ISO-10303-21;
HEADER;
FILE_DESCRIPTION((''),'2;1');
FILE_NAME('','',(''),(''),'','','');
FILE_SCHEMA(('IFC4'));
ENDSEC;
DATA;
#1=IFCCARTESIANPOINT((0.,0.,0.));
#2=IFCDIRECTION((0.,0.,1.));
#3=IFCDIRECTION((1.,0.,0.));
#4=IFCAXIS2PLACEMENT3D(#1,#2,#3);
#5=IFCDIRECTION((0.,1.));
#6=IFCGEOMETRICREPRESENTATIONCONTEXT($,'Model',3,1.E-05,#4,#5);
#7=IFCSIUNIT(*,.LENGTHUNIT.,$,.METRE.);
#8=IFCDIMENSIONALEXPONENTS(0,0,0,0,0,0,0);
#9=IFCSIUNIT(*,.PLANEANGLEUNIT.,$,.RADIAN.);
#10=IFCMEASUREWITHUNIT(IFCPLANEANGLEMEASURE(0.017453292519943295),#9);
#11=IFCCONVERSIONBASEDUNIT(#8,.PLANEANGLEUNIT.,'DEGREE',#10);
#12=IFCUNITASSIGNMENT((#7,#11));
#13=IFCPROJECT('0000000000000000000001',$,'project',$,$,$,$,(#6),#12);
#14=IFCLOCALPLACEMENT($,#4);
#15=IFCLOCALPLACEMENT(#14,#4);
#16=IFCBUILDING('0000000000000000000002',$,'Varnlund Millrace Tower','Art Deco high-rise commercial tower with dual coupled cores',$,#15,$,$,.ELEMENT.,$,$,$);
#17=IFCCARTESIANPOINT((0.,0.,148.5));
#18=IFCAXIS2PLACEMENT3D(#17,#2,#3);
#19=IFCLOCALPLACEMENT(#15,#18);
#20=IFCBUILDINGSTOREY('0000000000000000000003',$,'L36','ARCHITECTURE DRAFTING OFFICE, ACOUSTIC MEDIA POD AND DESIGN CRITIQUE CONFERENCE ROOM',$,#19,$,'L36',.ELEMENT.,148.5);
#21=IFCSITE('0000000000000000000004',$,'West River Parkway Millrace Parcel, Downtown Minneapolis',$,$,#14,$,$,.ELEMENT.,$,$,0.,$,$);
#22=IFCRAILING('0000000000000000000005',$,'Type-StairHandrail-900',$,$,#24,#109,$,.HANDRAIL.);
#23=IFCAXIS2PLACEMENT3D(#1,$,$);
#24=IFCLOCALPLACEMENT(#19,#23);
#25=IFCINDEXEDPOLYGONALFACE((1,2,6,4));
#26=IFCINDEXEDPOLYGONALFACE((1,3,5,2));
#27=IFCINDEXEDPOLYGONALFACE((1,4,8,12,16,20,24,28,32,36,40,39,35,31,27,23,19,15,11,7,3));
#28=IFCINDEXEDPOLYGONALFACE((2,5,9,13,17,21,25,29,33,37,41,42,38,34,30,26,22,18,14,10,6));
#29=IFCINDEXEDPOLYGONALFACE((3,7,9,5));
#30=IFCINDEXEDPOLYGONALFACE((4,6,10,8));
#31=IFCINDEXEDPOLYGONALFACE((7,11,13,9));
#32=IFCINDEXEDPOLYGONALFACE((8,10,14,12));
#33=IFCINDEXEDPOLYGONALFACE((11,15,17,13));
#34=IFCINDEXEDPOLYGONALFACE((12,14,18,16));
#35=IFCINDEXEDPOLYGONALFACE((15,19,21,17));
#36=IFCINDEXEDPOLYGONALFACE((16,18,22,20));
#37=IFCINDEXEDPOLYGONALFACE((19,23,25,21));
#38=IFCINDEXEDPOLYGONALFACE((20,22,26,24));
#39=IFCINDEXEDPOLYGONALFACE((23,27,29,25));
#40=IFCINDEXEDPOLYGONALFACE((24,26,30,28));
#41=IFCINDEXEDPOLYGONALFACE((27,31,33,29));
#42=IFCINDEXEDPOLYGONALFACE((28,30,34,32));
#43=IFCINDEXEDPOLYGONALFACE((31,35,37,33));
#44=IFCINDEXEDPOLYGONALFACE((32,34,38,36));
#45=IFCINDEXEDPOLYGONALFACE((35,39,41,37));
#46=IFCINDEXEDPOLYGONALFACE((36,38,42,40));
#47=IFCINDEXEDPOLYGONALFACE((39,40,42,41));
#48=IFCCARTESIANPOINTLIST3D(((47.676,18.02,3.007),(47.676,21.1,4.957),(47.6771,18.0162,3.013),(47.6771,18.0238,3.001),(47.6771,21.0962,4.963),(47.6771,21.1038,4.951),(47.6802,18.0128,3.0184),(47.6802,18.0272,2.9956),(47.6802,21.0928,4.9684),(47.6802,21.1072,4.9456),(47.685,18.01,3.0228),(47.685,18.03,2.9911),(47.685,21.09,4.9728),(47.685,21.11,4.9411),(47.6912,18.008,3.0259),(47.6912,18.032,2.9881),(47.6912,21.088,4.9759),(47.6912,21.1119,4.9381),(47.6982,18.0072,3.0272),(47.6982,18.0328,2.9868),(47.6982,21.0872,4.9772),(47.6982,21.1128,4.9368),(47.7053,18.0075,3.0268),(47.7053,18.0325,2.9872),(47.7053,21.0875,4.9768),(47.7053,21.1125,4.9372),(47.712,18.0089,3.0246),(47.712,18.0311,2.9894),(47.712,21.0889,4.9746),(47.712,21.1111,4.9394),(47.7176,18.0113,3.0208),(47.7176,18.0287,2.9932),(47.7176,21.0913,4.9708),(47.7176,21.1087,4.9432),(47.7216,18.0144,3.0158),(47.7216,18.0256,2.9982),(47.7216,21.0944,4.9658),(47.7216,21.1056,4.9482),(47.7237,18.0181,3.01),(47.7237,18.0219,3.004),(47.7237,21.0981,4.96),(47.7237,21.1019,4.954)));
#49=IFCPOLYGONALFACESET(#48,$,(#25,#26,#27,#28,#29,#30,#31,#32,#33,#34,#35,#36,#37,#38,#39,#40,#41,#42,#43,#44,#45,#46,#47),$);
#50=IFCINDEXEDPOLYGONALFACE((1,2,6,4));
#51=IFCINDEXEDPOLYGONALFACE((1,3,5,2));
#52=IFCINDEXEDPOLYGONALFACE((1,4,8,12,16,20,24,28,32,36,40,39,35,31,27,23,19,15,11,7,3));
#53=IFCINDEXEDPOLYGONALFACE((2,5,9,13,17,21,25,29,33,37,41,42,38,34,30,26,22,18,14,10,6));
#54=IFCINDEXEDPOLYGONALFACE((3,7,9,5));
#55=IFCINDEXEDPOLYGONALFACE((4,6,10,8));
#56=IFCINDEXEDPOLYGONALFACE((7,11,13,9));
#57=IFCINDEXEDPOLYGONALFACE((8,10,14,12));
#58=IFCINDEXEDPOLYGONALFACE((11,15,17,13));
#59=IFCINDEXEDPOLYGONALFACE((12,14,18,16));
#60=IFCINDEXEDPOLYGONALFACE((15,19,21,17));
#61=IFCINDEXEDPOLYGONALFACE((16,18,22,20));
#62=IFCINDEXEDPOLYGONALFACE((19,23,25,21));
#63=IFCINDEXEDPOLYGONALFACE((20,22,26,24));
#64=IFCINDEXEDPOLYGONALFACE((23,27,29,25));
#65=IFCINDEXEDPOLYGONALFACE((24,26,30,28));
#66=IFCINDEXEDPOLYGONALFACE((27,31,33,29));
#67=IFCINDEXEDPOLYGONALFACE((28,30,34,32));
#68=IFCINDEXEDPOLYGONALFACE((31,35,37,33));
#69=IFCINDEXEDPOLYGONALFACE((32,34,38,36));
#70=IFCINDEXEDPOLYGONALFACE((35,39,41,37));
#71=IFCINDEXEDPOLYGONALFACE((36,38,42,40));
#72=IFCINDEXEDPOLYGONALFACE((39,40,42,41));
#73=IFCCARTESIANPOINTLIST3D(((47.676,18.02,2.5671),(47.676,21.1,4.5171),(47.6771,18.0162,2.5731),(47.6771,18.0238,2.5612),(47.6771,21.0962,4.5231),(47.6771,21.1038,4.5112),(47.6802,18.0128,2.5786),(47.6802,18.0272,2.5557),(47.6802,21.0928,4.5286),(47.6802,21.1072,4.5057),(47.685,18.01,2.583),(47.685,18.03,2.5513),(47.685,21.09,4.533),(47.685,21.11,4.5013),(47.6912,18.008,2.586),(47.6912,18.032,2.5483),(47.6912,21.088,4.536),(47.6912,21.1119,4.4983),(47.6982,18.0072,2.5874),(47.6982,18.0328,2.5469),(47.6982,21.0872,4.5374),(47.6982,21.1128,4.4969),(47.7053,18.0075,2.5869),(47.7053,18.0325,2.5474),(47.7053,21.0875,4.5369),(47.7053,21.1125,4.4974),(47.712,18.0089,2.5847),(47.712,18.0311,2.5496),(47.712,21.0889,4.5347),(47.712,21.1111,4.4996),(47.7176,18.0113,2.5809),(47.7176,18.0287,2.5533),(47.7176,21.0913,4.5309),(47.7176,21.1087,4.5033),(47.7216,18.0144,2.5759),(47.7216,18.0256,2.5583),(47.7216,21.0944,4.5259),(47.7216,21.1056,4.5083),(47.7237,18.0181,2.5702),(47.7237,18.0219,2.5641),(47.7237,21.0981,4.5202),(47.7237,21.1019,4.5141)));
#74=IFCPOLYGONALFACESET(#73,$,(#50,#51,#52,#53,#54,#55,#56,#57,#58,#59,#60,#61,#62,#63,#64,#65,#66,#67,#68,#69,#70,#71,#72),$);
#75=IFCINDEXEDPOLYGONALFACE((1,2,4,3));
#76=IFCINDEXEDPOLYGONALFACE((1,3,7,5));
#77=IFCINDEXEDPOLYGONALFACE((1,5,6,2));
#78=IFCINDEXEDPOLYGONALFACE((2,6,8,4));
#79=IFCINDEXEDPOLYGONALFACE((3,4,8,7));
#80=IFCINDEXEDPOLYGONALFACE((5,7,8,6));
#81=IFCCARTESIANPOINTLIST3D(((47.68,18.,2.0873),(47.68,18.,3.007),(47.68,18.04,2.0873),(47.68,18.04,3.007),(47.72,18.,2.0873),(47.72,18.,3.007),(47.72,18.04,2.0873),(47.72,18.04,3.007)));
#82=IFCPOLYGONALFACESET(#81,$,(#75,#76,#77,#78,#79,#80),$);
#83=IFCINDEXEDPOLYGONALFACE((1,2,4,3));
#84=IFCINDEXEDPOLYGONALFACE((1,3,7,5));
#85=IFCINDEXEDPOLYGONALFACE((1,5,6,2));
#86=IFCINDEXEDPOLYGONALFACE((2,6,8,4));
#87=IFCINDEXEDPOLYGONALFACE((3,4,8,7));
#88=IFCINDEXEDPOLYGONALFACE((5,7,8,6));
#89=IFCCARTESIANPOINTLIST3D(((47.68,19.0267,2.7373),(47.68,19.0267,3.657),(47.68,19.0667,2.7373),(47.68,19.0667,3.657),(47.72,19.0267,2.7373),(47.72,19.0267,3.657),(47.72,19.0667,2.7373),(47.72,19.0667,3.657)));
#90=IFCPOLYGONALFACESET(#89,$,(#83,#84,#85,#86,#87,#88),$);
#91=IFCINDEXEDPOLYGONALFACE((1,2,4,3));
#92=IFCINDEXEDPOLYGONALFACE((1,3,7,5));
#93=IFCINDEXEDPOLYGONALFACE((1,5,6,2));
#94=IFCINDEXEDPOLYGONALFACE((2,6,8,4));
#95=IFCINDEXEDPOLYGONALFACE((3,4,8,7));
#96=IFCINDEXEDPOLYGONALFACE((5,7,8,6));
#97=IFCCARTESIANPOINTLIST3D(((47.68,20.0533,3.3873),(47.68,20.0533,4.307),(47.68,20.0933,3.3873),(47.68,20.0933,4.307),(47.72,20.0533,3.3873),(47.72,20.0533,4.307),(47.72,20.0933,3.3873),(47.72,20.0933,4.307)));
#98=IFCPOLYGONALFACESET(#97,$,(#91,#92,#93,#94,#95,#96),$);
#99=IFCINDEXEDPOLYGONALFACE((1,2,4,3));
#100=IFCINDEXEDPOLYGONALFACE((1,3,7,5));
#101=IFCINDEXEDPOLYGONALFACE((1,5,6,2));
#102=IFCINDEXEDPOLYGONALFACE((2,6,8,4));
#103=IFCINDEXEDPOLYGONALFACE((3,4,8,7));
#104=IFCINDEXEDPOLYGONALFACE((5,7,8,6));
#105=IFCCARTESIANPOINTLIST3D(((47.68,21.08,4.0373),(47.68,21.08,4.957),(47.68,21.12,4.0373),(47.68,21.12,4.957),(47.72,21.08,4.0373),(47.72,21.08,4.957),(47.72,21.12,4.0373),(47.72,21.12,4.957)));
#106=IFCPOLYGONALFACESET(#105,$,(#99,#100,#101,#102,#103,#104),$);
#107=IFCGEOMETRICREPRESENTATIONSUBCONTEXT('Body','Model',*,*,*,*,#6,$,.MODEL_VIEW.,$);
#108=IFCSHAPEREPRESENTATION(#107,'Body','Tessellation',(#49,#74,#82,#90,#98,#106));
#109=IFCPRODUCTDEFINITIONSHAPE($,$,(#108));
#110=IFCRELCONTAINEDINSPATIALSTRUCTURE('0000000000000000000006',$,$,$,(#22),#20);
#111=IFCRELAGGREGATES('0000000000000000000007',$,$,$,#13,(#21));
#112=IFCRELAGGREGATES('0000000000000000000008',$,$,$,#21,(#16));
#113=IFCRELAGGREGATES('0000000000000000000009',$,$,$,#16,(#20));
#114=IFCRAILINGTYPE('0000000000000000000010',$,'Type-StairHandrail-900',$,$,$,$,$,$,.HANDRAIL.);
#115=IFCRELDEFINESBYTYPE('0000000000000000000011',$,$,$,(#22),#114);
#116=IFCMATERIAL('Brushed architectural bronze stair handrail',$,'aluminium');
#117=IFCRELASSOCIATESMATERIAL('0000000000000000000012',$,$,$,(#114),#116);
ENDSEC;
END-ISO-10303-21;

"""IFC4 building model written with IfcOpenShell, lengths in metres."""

from ifc_helpers import new_model, entity, si_unit, converted_unit, direction, frame, origin_with_axes, origin_2d_with_axis, place, context, subcontext, project, spatial, rectangle, circle, extrude, material, type_object, element, save


model = new_model("IFC4")

# Units and contexts
model_context = context("Model", 3, precision=1e-05, world=origin_with_axes(), true_north=direction((0.0, 1.0)))
body_context = subcontext(model_context, "Body", "Model", "MODEL_VIEW")
ifc_project = project(units=[si_unit("LENGTHUNIT", "METRE"), converted_unit("PLANEANGLEUNIT", "DEGREE", entity("IfcPlaneAngleMeasure", 0.017453292519943295), si_unit("PLANEANGLEUNIT", "RADIAN"), dimensions=[0, 0, 0, 0, 0, 0, 0])], contexts=[model_context])

# Site, building, storey
site_placement = place(None, origin_with_axes())
site = spatial("IfcSite", under=ifc_project, at=site_placement, Name="West River Parkway Millrace Parcel, Downtown Minneapolis", CompositionType="ELEMENT", RefElevation=0.0)
building_placement = place(site_placement, origin_with_axes())
building = spatial("IfcBuilding", under=site, at=building_placement, Name="Varnlund Millrace Tower", Description="Art Deco high-rise commercial tower with dual coupled cores", CompositionType="ELEMENT")
storey_placement = place(building_placement, frame((0.0, 0.0, 148.5), z_axis=(0.0, 0.0, 1.0), x_axis=(1.0, 0.0, 0.0)))
storey = spatial("IfcBuildingStorey", under=building, at=storey_placement, Name="L36", Description="ARCHITECTURE DRAFTING OFFICE, ACOUSTIC MEDIA POD AND DESIGN CRITIQUE CONFERENCE ROOM", LongName="L36", CompositionType="ELEMENT", Elevation=148.5)

# Railing
ifc_material_1 = material(Name="Brushed architectural bronze stair handrail", Category="aluminium")
railing_type_1 = type_object("IfcRailingType", Name="Type-StairHandrail-900", PredefinedType="HANDRAIL", material=ifc_material_1)
railing_1_placement = place(storey_placement, frame((0.0, 0.0, -148.5), z_axis=(0.0, 0.0, 1.0), x_axis=(1.0, 0.0, 0.0)))
element("IfcRailing", 1, at=railing_1_placement, inside=storey, type_object=railing_type_1, Name="Type-StairHandrail-900", PredefinedType="HANDRAIL", context=body_context, shape_type="SweptSolid", body=[
    extrude(circle(Radius=0.024, at=origin_2d_with_axis()), frame((47.7, 18.02, 151.507), z_axis=(0.0, 0.844902, 0.534922), x_axis=(-1.0, 0.0, 0.0)), (0.0, 0.0, 1.0), 3.6454),
    extrude(circle(Radius=0.024, at=origin_2d_with_axis()), frame((47.7, 18.02, 151.0671), z_axis=(0.0, 0.844902, 0.534922), x_axis=(-1.0, 0.0, 0.0)), (0.0, 0.0, 1.0), 3.6454),
    extrude(rectangle(XDim=0.04, YDim=0.04, at=origin_2d_with_axis()), frame((47.7, 18.02, 150.5873), z_axis=(0.0, 0.0, 1.0), x_axis=(1.0, 0.0, 0.0)), (0.0, 0.0, 1.0), 0.9197),
    extrude(rectangle(XDim=0.04, YDim=0.04, at=origin_2d_with_axis()), frame((47.7, 19.0467, 151.2373), z_axis=(0.0, 0.0, 1.0), x_axis=(1.0, 0.0, 0.0)), (0.0, 0.0, 1.0), 0.9197),
    extrude(rectangle(XDim=0.04, YDim=0.04, at=origin_2d_with_axis()), frame((47.7, 20.0733, 151.8873), z_axis=(0.0, 0.0, 1.0), x_axis=(1.0, 0.0, 0.0)), (0.0, 0.0, 1.0), 0.9197),
    extrude(rectangle(XDim=0.04, YDim=0.04, at=origin_2d_with_axis()), frame((47.7, 21.1, 152.5373), z_axis=(0.0, 0.0, 1.0), x_axis=(1.0, 0.0, 0.0)), (0.0, 0.0, 1.0), 0.9197),
])

save(model, "model.ifc")
